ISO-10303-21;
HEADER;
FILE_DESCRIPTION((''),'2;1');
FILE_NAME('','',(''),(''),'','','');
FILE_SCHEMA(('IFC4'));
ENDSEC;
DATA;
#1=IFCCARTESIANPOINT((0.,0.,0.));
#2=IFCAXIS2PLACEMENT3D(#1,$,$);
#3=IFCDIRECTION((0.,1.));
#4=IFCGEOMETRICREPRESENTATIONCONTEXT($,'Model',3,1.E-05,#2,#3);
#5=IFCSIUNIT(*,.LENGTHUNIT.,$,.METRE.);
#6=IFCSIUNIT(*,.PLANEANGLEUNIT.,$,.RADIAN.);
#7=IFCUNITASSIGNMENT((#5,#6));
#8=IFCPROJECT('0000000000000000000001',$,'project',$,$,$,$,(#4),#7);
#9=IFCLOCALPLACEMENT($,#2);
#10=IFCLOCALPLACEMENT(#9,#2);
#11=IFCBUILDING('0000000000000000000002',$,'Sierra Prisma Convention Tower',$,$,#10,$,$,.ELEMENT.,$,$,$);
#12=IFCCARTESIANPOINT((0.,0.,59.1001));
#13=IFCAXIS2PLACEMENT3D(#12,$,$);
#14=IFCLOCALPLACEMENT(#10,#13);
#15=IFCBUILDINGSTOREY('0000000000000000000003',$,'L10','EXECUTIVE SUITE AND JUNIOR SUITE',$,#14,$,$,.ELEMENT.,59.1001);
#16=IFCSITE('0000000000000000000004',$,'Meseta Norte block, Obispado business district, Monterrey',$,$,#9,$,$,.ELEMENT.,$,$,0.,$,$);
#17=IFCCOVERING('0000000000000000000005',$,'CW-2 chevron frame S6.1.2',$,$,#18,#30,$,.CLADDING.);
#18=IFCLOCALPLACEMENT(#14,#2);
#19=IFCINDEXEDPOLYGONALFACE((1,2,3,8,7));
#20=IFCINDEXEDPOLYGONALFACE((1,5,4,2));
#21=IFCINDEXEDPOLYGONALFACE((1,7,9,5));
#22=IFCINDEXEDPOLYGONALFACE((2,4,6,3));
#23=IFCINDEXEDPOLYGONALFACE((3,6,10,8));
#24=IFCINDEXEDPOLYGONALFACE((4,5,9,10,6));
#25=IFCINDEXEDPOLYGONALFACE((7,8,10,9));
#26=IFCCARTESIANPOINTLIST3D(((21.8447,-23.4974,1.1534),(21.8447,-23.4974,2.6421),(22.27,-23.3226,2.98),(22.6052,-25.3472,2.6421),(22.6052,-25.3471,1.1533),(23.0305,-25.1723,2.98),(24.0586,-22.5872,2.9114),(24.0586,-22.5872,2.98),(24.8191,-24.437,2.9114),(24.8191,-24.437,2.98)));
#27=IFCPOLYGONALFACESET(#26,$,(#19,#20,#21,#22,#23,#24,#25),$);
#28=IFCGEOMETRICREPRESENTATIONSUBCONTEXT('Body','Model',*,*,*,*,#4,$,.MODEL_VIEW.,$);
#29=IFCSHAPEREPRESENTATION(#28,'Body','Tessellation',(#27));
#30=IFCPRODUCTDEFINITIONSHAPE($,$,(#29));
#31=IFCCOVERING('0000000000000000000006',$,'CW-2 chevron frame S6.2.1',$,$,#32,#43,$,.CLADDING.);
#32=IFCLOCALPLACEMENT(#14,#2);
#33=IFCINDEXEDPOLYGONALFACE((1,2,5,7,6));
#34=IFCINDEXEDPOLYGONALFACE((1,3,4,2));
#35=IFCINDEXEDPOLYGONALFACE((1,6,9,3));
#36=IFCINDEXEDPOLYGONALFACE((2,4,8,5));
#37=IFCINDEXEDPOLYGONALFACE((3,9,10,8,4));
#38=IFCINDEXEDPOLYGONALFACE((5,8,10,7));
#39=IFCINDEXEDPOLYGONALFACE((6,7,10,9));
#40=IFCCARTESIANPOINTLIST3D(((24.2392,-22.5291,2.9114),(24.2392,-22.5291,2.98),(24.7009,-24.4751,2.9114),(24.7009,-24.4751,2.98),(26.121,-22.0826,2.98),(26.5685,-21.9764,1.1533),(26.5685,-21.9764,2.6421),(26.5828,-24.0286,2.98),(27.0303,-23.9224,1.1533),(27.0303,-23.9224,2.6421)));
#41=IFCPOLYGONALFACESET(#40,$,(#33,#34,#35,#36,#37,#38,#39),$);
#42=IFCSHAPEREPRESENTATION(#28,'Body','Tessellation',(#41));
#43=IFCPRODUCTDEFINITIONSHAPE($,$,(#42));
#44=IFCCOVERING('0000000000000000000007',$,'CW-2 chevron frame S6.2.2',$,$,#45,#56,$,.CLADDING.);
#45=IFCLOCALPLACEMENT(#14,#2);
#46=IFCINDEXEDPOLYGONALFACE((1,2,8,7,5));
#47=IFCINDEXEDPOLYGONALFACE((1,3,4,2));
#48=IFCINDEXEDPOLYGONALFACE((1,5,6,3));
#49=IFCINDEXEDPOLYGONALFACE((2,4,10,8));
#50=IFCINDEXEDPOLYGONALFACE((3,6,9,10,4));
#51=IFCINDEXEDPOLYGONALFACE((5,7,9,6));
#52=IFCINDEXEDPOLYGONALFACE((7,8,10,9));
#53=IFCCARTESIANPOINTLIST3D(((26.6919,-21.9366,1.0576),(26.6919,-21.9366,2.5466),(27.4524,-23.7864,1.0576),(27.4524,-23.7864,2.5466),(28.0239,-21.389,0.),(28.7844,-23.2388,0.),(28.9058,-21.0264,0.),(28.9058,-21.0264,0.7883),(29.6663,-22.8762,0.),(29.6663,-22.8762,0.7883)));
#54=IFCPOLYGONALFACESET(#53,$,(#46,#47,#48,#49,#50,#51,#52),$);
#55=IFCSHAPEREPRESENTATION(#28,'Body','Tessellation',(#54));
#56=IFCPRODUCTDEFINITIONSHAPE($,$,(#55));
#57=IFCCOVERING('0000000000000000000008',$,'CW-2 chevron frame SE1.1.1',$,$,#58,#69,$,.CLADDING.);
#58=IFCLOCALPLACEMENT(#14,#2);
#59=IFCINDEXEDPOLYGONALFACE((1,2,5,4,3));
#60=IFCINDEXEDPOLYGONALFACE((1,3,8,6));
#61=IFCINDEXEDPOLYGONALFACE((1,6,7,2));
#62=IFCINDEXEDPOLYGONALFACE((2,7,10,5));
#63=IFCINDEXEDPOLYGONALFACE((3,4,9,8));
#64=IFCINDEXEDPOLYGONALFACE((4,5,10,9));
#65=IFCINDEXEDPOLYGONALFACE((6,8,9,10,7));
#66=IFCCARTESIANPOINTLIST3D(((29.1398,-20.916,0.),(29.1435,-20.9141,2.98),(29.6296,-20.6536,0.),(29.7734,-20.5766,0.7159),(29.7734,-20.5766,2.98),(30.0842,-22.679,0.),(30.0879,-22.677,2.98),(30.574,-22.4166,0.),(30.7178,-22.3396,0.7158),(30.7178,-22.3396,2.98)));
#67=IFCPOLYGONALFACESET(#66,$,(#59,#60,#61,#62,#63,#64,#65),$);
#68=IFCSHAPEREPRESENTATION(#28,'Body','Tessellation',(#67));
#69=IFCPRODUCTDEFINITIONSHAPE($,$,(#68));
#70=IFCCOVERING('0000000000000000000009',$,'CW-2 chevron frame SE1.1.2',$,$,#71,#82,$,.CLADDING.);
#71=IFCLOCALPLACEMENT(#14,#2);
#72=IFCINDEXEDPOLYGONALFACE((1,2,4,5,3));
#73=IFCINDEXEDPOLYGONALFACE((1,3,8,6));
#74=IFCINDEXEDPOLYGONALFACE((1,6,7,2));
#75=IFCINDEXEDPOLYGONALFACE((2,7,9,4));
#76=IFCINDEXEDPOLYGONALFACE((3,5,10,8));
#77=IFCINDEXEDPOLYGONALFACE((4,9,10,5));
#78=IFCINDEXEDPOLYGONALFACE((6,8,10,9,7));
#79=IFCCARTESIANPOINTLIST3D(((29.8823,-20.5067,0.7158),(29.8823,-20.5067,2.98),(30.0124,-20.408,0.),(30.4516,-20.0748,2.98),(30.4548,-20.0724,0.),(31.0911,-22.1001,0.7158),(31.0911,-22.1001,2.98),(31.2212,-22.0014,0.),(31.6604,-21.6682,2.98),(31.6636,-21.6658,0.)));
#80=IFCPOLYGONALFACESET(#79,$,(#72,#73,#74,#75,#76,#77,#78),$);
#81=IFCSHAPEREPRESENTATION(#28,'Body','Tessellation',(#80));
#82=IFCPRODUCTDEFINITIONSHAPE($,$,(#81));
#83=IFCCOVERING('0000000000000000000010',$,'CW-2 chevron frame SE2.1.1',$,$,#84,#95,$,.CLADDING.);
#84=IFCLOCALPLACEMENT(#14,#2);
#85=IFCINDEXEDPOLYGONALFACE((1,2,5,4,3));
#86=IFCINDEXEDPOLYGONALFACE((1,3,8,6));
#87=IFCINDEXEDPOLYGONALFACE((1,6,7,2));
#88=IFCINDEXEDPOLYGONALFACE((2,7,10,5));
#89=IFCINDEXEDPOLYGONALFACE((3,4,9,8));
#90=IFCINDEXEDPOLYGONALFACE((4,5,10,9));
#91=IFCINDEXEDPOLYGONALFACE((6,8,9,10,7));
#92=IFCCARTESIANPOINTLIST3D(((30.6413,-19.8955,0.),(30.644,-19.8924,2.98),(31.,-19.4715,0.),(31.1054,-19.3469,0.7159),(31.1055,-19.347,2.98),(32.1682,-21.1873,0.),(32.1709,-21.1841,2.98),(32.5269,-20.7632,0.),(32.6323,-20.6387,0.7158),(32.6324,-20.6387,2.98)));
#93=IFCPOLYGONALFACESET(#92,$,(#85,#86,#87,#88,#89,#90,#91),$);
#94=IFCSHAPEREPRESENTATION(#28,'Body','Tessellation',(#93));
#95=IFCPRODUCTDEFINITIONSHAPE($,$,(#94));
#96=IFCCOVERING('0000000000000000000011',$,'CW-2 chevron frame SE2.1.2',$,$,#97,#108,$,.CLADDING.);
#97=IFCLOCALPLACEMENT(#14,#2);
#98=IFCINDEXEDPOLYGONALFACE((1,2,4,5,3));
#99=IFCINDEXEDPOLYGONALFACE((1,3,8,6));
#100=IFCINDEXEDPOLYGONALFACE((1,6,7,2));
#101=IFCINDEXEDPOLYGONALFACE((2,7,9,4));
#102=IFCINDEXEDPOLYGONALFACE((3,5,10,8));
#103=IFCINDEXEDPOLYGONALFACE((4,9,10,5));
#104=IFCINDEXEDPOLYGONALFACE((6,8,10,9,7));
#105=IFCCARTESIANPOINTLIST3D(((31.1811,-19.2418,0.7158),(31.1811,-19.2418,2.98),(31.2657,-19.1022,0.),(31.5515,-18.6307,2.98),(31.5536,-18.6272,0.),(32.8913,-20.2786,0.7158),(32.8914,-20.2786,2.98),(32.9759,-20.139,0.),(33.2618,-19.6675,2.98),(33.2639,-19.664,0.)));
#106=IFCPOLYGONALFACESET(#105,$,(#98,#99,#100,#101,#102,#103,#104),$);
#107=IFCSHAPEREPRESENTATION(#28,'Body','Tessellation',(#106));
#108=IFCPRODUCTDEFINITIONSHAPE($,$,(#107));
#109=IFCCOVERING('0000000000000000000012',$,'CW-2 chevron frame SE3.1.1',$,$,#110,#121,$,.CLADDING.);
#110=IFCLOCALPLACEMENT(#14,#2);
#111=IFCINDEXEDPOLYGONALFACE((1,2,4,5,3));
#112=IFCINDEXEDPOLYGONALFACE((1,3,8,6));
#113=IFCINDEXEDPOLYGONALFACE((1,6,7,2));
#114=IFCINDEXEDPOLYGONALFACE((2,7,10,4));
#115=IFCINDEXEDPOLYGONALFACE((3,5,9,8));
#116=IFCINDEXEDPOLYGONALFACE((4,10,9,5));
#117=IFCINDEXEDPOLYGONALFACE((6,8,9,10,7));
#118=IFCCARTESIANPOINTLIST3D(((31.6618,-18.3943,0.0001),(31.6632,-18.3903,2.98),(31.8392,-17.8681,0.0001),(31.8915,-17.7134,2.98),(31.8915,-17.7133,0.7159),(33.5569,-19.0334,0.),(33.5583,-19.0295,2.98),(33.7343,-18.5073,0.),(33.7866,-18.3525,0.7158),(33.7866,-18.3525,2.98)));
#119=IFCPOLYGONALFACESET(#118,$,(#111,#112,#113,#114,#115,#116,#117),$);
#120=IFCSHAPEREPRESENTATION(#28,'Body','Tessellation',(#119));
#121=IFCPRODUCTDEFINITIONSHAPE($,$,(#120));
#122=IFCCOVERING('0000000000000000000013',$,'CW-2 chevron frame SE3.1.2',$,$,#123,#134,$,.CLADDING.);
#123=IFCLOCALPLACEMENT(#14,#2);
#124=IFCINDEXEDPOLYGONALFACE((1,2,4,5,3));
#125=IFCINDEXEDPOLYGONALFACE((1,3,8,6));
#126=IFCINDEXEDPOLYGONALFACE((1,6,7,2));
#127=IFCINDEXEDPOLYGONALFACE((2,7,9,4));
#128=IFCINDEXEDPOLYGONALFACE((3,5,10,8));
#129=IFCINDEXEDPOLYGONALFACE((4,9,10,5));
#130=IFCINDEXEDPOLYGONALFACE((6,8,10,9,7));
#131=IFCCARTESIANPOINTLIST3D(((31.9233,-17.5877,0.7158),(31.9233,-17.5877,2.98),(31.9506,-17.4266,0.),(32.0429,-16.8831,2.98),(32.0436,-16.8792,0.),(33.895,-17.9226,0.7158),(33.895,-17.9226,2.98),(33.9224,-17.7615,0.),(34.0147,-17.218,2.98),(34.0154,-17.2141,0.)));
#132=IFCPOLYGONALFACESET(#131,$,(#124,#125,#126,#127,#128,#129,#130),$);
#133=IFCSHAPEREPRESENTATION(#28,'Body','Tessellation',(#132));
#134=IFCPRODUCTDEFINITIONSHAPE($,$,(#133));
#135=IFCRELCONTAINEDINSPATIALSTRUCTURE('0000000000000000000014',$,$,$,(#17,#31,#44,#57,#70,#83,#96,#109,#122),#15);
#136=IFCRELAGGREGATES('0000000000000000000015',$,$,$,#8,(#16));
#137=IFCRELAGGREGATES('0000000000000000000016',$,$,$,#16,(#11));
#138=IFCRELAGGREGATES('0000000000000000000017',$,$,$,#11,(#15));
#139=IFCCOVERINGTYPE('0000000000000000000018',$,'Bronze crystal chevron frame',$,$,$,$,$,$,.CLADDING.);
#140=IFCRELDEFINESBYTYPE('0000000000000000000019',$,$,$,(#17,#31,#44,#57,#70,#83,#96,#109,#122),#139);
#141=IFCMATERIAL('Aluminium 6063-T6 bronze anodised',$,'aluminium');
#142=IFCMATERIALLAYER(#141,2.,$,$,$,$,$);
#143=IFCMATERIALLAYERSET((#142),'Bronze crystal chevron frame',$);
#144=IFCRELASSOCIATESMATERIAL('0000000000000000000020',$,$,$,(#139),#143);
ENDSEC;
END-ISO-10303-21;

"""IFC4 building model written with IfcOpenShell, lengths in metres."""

from ifc_helpers import new_model, si_unit, direction, frame, origin, place, context, subcontext, project, spatial, polyline, outline, extrude, material, layer, layer_set, type_object, element, save


model = new_model("IFC4")

# Units and contexts
model_context = context("Model", 3, precision=1e-05, world=origin(), true_north=direction((0.0, 1.0)))
body_context = subcontext(model_context, "Body", "Model", "MODEL_VIEW")
ifc_project = project(units=[si_unit("LENGTHUNIT", "METRE"), si_unit("PLANEANGLEUNIT", "RADIAN")], contexts=[model_context])

# Site, building, storey
site_placement = place(None, origin())
site = spatial("IfcSite", under=ifc_project, at=site_placement, Name="Meseta Norte block, Obispado business district, Monterrey", CompositionType="ELEMENT", RefElevation=0.0)
building_placement = place(site_placement, origin())
building = spatial("IfcBuilding", under=site, at=building_placement, Name="Sierra Prisma Convention Tower", CompositionType="ELEMENT")
storey_placement = place(building_placement, frame((0.0, 0.0, 59.1001)))
storey = spatial("IfcBuildingStorey", under=building, at=storey_placement, Name="L10", Description="EXECUTIVE SUITE AND JUNIOR SUITE", CompositionType="ELEMENT", Elevation=59.1001)

# Coverings
ifc_material_1 = material(Name="Aluminium 6063-T6 bronze anodised", Category="aluminium")
ifc_layer_1 = layer(ifc_material_1, 2.0)
ifc_layer_set_1 = layer_set([ifc_layer_1], Name="Bronze crystal chevron frame")
covering_type = type_object("IfcCoveringType", Name="Bronze crystal chevron frame", PredefinedType="CLADDING", material=ifc_layer_set_1)
covering_1_placement = place(storey_placement, frame((22.6052, -25.3472, 2.6421), z_axis=(0.380239, -0.924888, -0.00002), x_axis=(-0.000008, 0.000019, -1.0)))
element("IfcCovering", 1, at=covering_1_placement, inside=storey, type_object=covering_type, Name="CW-2 chevron frame S6.1.2", PredefinedType="CLADDING", context=body_context, shape_type="SweptSolid", body=[
    extrude(outline(polyline([(0.0, 0.0), (1.4888, 0.0), (-0.2693, 2.3937), (-0.3379, 2.3937), (-0.3379, 0.4598), (0.0, 0.0)])), origin(), (0.0, 0.0, -1.0), 2.0),
])
covering_2_placement = place(storey_placement, frame((27.0303, -23.9224, 1.1533), z_axis=(0.23088, -0.972982, -0.000006), x_axis=(0.000001, -0.000006, 1.0)))
element("IfcCovering", 2, at=covering_2_placement, inside=storey, type_object=covering_type, Name="CW-2 chevron frame S6.2.1", PredefinedType="CLADDING", context=body_context, shape_type="SweptSolid", body=[
    extrude(outline(polyline([(0.0, 0.0), (1.4888, 0.0), (1.8267, 0.4599), (1.8267, 2.394), (1.7581, 2.394), (0.0, 0.0)])), origin(), (0.0, 0.0, -1.0), 2.0),
])
covering_3_placement = place(storey_placement, frame((29.6663, -22.8762, 0.0), z_axis=(0.380238, -0.924888, 0.000004), x_axis=(-0.000002, 0.000004, 1.0)))
element("IfcCovering", 3, at=covering_3_placement, inside=storey, type_object=covering_type, Name="CW-2 chevron frame S6.2.2", PredefinedType="CLADDING", context=body_context, shape_type="SweptSolid", body=[
    extrude(outline(polyline([(0.0, 0.0), (0.7883, 0.0), (2.5466, 2.3937), (1.0576, 2.3937), (0.0, 0.9535), (0.0, 0.0)])), origin(), (0.0, 0.0, -1.0), 2.0),
])
covering_4_placement = place(storey_placement, frame((30.0842, -22.679, 0.0), z_axis=(0.472195, -0.881494, -0.00002), x_axis=(0.881494, 0.472195, 0.0)))
element("IfcCovering", 4, at=covering_4_placement, inside=storey, type_object=covering_type, Name="CW-2 chevron frame SE1.1.1", PredefinedType="CLADDING", context=body_context, shape_type="SweptSolid", body=[
    extrude(outline(polyline([(0.0, 0.0), (0.5556, 0.0), (0.7187, 0.7158), (0.7187, 2.98), (0.0042, 2.98), (0.0, 0.0)])), origin(), (0.0, 0.0, -1.0), 2.0),
])
covering_5_placement = place(storey_placement, frame((31.0911, -22.1001, 2.98), z_axis=(0.604388, -0.79669, 0.000007), x_axis=(0.000004, -0.000006, -1.0)))
element("IfcCovering", 5, at=covering_5_placement, inside=storey, type_object=covering_type, Name="CW-2 chevron frame SE1.1.2", PredefinedType="CLADDING", context=body_context, shape_type="SweptSolid", body=[
    extrude(outline(polyline([(0.0, 0.0), (2.2642, 0.0), (2.98, 0.1633), (2.98, 0.7186), (0.0, 0.7146), (0.0, 0.0)])), origin(), (0.0, 0.0, -1.0), 2.0),
])
covering_6_placement = place(storey_placement, frame((32.1682, -21.1873, 0.0), z_axis=(0.763449, -0.645868, -0.000017), x_axis=(0.645868, 0.763449, 0.0)))
element("IfcCovering", 6, at=covering_6_placement, inside=storey, type_object=covering_type, Name="CW-2 chevron frame SE2.1.1", PredefinedType="CLADDING", context=body_context, shape_type="SweptSolid", body=[
    extrude(outline(polyline([(0.0, 0.0), (0.5554, 0.0), (0.7186, 0.7158), (0.7186, 2.98), (0.0042, 2.98), (0.0, 0.0)])), origin(), (0.0, 0.0, -1.0), 2.0),
])
covering_7_placement = place(storey_placement, frame((32.8914, -20.2786, 2.98), z_axis=(0.855141, -0.518396, -0.00001), x_axis=(-0.000009, 0.000005, -1.0)))
element("IfcCovering", 7, at=covering_7_placement, inside=storey, type_object=covering_type, Name="CW-2 chevron frame SE2.1.2", PredefinedType="CLADDING", context=body_context, shape_type="SweptSolid", body=[
    extrude(outline(polyline([(0.0, 0.0), (2.2642, 0.0), (2.98, 0.1632), (2.98, 0.7186), (0.0, 0.7146), (0.0, 0.0)])), origin(), (0.0, 0.0, -1.0), 2.0),
])
covering_8_placement = place(storey_placement, frame((33.5569, -19.0334, 0.0), z_axis=(0.947555, -0.319593, -0.000028), x_axis=(0.319593, 0.947555, 0.0)))
element("IfcCovering", 8, at=covering_8_placement, inside=storey, type_object=covering_type, Name="CW-2 chevron frame SE3.1.1", PredefinedType="CLADDING", context=body_context, shape_type="SweptSolid", body=[
    extrude(outline(polyline([(0.0, 0.0), (0.5553, 0.0), (0.7186, 0.7158), (0.7186, 2.98), (0.0042, 2.98), (0.0, 0.0)])), origin(), (0.0, 0.0, -1.0), 2.0),
])
covering_9_placement = place(storey_placement, frame((33.895, -17.9226, 2.98), z_axis=(0.985882, -0.16744, 0.000007), x_axis=(0.000007, -0.000001, -1.0)))
element("IfcCovering", 9, at=covering_9_placement, inside=storey, type_object=covering_type, Name="CW-2 chevron frame SE3.1.2", PredefinedType="CLADDING", context=body_context, shape_type="SweptSolid", body=[
    extrude(outline(polyline([(0.0, 0.0), (2.2642, 0.0), (2.98, 0.1634), (2.98, 0.7186), (0.0, 0.7147), (0.0, 0.0)])), origin(), (0.0, 0.0, -1.0), 2.0),
])

save(model, "model.ifc")
